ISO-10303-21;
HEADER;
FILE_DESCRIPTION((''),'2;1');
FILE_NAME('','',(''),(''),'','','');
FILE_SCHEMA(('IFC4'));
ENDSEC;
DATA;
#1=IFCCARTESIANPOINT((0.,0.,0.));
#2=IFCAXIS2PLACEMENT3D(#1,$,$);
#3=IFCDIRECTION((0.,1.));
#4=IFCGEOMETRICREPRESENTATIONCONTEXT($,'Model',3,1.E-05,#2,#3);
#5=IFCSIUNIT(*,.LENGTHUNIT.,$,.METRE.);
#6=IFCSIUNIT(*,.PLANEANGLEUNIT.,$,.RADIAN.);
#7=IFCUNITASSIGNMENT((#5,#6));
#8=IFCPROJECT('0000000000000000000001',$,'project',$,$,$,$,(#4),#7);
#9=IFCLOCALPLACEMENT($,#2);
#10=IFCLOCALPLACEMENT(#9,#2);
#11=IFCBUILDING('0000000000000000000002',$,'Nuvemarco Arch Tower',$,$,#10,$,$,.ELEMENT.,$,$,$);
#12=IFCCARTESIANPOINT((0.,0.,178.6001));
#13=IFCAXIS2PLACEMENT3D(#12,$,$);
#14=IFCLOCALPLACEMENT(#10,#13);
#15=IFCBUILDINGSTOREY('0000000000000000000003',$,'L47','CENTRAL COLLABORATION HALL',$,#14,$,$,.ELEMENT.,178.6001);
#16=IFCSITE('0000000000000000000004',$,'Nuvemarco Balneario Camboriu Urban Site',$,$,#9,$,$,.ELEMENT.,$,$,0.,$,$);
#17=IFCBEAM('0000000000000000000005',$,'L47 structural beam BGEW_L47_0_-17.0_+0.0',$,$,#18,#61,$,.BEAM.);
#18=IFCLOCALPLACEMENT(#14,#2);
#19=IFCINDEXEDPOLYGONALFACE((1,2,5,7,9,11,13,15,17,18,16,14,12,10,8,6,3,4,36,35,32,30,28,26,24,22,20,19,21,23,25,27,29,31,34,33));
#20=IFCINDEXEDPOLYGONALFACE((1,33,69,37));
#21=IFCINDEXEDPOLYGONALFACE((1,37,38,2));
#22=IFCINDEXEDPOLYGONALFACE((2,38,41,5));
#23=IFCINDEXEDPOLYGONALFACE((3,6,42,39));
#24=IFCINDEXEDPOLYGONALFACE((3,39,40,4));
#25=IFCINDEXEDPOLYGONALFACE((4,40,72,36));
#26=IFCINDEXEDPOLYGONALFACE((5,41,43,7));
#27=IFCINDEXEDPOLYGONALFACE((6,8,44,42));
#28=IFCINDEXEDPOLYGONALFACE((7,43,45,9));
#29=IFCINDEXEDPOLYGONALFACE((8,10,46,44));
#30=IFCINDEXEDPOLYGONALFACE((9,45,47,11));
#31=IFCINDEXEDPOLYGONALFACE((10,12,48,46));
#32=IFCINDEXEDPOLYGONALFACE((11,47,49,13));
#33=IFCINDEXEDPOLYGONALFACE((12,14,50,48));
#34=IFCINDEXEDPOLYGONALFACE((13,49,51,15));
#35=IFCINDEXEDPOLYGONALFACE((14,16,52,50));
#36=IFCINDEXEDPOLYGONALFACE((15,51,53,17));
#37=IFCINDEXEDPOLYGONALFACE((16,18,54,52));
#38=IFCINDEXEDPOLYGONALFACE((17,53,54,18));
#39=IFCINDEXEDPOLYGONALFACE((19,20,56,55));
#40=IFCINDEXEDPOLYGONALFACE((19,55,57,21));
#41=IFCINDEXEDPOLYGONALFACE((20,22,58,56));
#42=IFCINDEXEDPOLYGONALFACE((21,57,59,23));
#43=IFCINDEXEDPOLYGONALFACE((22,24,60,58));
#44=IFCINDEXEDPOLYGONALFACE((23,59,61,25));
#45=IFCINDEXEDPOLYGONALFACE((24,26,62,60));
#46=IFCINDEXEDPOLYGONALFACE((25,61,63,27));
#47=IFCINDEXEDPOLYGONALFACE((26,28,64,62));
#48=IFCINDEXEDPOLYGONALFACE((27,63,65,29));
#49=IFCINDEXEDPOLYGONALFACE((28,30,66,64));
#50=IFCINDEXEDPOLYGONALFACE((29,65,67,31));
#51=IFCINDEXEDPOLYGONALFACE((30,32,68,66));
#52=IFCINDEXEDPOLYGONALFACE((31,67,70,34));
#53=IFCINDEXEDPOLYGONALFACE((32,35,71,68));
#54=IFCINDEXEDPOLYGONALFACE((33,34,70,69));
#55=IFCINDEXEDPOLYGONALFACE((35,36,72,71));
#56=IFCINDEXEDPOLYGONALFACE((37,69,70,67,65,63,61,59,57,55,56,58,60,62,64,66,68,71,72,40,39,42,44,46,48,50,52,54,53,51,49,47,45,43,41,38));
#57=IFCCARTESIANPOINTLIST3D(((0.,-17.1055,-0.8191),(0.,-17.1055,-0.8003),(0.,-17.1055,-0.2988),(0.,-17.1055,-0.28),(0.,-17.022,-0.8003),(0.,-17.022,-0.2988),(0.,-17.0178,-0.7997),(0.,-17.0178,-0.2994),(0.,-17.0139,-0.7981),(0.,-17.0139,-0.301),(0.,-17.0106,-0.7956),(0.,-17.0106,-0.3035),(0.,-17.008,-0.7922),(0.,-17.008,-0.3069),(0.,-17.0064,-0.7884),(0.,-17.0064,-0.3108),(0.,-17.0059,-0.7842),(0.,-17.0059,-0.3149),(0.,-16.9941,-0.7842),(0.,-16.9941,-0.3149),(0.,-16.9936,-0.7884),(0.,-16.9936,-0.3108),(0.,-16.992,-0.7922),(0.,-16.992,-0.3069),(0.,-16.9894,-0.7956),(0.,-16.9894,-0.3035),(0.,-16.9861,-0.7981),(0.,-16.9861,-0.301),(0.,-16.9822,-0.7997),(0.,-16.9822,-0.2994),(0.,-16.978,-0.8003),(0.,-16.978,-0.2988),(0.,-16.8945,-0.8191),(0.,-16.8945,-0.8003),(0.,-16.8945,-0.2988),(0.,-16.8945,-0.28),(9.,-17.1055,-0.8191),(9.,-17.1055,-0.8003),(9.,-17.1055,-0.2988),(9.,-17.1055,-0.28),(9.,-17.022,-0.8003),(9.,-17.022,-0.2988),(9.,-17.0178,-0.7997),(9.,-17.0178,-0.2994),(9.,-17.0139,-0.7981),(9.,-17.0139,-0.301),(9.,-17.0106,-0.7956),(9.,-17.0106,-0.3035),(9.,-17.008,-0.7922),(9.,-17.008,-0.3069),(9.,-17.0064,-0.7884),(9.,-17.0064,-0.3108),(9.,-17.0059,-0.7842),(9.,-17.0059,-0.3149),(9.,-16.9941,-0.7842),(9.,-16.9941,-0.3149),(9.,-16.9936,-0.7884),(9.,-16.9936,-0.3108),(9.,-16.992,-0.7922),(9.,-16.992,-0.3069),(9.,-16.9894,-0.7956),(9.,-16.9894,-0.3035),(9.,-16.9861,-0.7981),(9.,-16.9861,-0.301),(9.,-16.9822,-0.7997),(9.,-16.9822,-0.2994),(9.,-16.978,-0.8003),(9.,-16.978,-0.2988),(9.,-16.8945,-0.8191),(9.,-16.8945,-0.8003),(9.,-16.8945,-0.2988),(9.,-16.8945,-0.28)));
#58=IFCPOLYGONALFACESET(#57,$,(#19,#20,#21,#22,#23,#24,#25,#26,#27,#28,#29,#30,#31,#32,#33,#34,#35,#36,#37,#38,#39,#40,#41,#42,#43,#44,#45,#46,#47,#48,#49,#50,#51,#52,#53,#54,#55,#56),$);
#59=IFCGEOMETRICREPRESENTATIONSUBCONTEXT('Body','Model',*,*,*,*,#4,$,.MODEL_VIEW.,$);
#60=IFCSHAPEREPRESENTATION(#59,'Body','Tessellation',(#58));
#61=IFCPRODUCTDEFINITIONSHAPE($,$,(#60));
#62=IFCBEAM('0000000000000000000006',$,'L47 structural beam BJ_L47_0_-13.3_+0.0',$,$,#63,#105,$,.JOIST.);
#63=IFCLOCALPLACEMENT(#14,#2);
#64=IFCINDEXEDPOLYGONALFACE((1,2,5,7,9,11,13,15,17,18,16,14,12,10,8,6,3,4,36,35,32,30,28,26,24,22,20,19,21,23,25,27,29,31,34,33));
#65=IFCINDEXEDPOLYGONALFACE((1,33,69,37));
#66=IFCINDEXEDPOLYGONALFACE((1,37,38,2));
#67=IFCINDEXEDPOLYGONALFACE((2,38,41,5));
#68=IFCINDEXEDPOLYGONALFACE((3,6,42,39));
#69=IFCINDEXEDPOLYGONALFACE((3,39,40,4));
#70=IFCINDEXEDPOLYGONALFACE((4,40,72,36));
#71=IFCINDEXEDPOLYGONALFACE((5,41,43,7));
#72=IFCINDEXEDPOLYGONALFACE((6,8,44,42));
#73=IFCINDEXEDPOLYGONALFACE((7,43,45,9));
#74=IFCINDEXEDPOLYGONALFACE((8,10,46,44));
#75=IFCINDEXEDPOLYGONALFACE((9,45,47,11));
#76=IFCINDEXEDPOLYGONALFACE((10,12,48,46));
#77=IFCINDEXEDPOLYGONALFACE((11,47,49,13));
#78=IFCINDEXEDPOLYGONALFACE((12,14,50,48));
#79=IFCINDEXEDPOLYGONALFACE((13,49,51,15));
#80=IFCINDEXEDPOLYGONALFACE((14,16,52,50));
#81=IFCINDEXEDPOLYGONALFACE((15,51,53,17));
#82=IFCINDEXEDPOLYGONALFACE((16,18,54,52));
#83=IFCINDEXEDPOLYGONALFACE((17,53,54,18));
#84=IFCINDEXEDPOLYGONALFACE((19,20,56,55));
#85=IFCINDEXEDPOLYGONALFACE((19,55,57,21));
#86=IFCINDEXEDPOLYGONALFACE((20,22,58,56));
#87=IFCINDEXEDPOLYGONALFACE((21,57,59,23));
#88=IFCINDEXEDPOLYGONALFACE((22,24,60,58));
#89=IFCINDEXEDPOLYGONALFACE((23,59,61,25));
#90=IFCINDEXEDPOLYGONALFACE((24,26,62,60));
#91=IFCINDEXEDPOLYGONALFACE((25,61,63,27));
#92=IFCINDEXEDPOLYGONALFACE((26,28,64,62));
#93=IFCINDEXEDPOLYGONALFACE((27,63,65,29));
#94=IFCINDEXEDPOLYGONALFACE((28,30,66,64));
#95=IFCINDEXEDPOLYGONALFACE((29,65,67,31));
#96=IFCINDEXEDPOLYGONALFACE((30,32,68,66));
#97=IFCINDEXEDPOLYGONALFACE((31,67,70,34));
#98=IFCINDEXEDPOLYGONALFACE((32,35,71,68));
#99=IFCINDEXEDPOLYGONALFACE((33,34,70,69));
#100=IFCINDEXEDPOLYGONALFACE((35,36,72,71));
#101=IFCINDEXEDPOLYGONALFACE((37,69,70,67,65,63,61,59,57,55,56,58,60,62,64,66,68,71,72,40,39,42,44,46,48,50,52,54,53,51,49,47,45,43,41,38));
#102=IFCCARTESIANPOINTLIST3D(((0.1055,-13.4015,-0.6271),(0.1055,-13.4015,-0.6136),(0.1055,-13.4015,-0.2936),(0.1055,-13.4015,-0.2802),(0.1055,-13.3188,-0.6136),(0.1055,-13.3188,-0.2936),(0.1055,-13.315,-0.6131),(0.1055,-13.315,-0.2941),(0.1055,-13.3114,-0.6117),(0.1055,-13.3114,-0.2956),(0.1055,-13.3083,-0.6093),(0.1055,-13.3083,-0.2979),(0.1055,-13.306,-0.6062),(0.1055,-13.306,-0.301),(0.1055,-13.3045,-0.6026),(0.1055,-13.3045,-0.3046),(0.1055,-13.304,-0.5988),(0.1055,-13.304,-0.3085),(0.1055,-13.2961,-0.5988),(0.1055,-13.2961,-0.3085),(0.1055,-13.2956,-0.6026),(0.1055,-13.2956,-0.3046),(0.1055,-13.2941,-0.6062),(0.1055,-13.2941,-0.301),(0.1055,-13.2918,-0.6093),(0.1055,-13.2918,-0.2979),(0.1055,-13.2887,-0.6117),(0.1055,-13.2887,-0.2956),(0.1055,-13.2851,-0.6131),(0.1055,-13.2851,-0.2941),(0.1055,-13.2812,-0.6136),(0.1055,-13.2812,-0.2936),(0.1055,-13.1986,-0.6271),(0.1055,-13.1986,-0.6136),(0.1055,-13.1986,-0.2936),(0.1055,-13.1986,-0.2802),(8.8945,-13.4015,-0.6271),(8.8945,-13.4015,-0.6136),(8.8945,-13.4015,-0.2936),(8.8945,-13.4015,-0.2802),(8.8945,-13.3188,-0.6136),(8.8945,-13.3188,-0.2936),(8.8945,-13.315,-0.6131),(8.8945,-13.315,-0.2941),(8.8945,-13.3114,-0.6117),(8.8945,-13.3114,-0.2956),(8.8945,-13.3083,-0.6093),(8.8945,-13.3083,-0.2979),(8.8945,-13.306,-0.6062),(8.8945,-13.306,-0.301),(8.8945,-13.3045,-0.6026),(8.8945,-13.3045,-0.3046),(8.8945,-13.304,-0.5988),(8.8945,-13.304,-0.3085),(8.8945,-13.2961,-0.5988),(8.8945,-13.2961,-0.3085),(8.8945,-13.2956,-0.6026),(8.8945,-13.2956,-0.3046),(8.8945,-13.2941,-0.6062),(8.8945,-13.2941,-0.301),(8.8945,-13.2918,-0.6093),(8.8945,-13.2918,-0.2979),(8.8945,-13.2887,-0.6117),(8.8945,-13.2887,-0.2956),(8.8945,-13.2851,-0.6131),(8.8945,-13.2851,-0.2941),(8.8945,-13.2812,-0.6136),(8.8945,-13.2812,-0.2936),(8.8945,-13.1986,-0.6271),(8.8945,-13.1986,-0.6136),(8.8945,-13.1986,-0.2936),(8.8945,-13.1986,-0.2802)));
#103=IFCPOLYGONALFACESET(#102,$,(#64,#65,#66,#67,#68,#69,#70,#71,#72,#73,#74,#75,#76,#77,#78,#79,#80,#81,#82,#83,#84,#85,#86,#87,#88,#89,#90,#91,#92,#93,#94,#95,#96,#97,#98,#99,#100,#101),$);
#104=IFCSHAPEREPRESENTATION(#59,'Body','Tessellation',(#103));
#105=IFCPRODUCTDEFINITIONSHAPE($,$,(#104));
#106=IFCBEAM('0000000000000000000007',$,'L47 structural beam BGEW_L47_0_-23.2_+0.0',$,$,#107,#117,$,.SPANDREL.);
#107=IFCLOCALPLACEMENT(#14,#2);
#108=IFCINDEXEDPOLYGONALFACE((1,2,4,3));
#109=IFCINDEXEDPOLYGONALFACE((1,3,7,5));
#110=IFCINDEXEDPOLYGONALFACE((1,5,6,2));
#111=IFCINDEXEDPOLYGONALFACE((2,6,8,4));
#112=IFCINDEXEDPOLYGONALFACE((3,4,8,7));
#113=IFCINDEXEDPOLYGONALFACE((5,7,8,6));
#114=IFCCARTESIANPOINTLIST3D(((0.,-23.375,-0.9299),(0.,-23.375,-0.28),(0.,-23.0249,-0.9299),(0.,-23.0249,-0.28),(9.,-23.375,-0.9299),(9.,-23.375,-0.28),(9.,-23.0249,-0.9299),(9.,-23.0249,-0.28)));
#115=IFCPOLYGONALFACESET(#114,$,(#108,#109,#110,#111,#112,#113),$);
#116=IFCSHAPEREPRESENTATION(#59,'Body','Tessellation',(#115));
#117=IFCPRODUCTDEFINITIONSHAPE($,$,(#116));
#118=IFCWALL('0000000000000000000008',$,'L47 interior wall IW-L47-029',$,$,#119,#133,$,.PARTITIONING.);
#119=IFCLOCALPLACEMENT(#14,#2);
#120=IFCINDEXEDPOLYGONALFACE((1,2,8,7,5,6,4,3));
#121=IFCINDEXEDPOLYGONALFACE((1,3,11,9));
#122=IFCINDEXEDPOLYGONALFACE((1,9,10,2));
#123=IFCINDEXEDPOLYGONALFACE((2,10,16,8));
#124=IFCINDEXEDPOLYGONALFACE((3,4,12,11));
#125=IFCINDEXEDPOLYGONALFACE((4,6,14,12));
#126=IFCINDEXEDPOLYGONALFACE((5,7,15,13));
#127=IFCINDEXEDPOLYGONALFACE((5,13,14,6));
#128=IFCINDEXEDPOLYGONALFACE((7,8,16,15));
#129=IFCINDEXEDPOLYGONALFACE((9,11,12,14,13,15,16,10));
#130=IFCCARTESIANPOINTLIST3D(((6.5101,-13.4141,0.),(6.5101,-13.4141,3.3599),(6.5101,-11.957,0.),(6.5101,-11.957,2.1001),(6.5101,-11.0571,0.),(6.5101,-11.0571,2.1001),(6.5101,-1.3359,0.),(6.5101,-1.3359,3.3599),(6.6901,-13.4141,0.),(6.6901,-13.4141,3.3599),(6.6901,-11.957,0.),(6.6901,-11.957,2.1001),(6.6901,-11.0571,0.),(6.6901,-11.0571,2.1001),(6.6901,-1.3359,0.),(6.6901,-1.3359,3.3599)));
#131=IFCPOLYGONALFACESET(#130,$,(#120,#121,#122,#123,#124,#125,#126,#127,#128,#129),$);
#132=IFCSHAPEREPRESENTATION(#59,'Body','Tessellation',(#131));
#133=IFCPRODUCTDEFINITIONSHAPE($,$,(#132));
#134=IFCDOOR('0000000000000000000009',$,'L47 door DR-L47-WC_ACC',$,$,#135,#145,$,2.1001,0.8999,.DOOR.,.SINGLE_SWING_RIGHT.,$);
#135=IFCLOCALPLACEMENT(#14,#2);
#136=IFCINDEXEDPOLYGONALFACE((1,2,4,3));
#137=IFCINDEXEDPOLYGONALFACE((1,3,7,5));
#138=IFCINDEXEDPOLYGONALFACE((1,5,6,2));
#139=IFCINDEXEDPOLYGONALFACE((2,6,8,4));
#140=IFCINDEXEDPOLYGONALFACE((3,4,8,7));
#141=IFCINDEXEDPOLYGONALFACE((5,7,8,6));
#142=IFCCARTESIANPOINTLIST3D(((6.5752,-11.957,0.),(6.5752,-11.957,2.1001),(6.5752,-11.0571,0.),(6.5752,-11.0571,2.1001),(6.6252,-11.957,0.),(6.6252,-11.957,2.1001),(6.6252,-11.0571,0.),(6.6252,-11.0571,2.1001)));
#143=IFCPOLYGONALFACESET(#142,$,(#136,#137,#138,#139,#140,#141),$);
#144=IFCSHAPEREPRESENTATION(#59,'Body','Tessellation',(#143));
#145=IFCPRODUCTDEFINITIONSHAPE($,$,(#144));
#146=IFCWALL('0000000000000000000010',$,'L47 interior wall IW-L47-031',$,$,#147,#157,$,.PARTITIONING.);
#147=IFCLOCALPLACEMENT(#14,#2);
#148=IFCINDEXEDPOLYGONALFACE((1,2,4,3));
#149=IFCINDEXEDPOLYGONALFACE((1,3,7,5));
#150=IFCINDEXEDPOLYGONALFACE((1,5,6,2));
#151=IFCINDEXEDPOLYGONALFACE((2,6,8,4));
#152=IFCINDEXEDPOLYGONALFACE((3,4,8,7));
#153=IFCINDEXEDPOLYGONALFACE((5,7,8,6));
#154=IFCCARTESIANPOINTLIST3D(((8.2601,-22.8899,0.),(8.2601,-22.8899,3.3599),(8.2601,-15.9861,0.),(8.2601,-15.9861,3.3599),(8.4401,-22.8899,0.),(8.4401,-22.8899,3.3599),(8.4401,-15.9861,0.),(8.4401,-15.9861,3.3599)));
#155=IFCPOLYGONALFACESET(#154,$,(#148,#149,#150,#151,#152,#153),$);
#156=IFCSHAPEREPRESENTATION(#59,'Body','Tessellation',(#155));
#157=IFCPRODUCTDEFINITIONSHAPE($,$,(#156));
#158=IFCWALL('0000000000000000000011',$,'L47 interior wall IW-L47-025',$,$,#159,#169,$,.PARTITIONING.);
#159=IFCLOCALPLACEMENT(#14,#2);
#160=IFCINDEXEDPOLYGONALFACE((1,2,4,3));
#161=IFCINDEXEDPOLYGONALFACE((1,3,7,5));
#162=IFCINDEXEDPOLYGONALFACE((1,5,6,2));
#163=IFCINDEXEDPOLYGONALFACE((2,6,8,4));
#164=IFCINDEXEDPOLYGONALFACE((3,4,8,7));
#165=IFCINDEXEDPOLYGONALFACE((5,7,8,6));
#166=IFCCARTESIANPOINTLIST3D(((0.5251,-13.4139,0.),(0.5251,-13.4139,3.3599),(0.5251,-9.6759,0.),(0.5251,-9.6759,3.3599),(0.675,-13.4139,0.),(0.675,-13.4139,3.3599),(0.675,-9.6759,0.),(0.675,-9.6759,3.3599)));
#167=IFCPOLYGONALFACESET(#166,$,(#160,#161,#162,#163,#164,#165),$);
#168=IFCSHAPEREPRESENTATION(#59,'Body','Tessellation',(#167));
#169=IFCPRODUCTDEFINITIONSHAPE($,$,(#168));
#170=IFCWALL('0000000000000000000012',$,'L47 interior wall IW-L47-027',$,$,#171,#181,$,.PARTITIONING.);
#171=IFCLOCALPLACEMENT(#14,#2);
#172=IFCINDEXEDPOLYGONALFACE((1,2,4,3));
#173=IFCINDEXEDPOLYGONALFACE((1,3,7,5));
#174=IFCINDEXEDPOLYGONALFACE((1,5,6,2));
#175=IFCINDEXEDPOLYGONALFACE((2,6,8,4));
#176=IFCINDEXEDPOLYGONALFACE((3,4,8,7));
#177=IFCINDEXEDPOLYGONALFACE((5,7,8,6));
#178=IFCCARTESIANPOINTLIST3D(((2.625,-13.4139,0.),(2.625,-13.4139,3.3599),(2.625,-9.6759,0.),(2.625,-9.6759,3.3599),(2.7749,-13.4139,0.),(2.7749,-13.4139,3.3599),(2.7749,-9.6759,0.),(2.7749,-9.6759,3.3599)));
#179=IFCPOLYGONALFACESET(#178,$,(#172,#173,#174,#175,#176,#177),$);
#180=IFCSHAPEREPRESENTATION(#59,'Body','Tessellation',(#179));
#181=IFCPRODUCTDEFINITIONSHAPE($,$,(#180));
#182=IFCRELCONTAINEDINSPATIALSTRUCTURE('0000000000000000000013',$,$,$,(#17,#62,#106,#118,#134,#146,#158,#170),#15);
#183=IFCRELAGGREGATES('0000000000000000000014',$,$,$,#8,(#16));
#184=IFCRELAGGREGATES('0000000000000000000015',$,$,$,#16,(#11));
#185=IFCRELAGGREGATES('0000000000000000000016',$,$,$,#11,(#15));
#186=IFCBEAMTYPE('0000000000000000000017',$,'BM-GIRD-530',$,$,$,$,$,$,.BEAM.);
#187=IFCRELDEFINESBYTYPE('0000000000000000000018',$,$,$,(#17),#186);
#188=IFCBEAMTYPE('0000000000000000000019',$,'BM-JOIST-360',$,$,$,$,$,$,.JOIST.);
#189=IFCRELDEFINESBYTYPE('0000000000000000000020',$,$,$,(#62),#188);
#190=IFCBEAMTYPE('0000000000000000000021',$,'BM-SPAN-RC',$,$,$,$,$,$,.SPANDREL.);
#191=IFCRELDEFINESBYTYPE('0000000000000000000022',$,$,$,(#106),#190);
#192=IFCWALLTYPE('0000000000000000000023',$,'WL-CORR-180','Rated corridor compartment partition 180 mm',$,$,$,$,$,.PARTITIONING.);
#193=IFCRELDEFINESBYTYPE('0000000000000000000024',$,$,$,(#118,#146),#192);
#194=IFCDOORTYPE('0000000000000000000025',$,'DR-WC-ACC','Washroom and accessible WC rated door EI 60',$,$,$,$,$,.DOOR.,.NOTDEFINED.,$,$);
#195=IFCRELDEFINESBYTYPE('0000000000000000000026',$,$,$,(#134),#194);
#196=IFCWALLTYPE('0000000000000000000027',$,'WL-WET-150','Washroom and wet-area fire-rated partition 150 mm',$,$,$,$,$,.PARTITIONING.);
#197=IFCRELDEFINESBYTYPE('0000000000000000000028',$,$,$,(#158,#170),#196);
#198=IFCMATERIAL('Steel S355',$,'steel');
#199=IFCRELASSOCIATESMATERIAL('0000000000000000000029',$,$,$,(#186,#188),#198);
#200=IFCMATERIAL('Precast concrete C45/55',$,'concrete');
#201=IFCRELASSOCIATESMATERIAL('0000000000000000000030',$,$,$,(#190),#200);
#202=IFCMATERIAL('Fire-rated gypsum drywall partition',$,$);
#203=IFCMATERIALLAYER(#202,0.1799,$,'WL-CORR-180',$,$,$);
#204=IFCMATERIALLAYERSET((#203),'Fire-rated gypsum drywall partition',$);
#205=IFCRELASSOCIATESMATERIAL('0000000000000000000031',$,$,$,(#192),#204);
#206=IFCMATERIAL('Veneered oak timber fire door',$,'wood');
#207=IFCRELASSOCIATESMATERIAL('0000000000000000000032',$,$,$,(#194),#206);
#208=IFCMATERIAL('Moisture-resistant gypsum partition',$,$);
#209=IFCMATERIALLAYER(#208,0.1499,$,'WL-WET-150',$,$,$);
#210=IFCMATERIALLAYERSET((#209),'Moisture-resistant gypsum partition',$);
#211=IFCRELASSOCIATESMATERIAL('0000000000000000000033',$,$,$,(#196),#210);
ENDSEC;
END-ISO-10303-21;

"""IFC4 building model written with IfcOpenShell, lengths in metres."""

from ifc_helpers import new_model, si_unit, direction, frame, frame_2d, origin, origin_2d, place, context, subcontext, project, spatial, rectangle, i_section, extrude, source, transform, mapped, material, layer, layer_set, material_profile, profile_set, type_object, type_shapes, element, fill, save


model = new_model("IFC4")

# Units and contexts
model_context = context("Model", 3, precision=1e-05, world=origin(), true_north=direction((0.0, 1.0)))
body_context = subcontext(model_context, "Body", "Model", "MODEL_VIEW")
ifc_project = project(units=[si_unit("LENGTHUNIT", "METRE"), si_unit("PLANEANGLEUNIT", "RADIAN")], contexts=[model_context])

# Site, building, storey
site_placement = place(None, origin())
site = spatial("IfcSite", under=ifc_project, at=site_placement, Name="Nuvemarco Balneario Camboriu Urban Site", CompositionType="ELEMENT", RefElevation=0.0)
building_placement = place(site_placement, origin())
building = spatial("IfcBuilding", under=site, at=building_placement, Name="Nuvemarco Arch Tower", CompositionType="ELEMENT")
storey_placement = place(building_placement, frame((0.0, 0.0, 178.6001)))
storey = spatial("IfcBuildingStorey", under=building, at=storey_placement, Name="L47", Description="CENTRAL COLLABORATION HALL", CompositionType="ELEMENT", Elevation=178.6001)

# Shared definitions
ifc_material_1 = material(Name="Steel S355", Category="steel")

# Beams
ifc_material_profile_1 = material_profile(ifc_material_1, i_section(OverallWidth=0.2109, OverallDepth=0.5391, WebThickness=0.0117, FlangeThickness=0.0188, FilletRadius=0.0161, at=origin_2d()), Name="W530x109")
ifc_profile_set_1 = profile_set([ifc_material_profile_1], Name="Steel S355")
beam_type_1 = type_object("IfcBeamType", Name="BM-GIRD-530", PredefinedType="BEAM", material=ifc_profile_set_1)
beam_1_placement = place(storey_placement, frame((0.0, -17.0, -0.5496), z_axis=(1.0, 0.0, 0.0), x_axis=(0.0, 1.0, 0.0)))
element("IfcBeam", 1, at=beam_1_placement, inside=storey, type_object=beam_type_1, Name="L47 structural beam BGEW_L47_0_-17.0_+0.0", PredefinedType="BEAM", context=body_context, shape_type="SweptSolid", body=[
    extrude(i_section(OverallWidth=0.2109, OverallDepth=0.5391, WebThickness=0.0117, FlangeThickness=0.0188, FilletRadius=0.0161, at=origin_2d()), origin(), (0.0, 0.0, 1.0), 9.0),
])
ifc_material_profile_2 = material_profile(ifc_material_1, i_section(OverallWidth=0.2029, OverallDepth=0.3469, WebThickness=0.0078, FlangeThickness=0.0134, FilletRadius=0.0149, at=origin_2d()), Name="W360x64")
ifc_profile_set_2 = profile_set([ifc_material_profile_2], Name="Steel S355")
beam_type_2 = type_object("IfcBeamType", Name="BM-JOIST-360", PredefinedType="JOIST", material=ifc_profile_set_2)
beam_2_placement = place(storey_placement, frame((0.1055, -13.3, -0.4536), z_axis=(1.0, 0.0, 0.0), x_axis=(0.0, 1.0, 0.0)))
element("IfcBeam", 2, at=beam_2_placement, inside=storey, type_object=beam_type_2, Name="L47 structural beam BJ_L47_0_-13.3_+0.0", PredefinedType="JOIST", context=body_context, shape_type="SweptSolid", body=[
    extrude(i_section(OverallWidth=0.2029, OverallDepth=0.3469, WebThickness=0.0078, FlangeThickness=0.0134, FilletRadius=0.0149, at=origin_2d()), origin(), (0.0, 0.0, 1.0), 8.7891),
])
ifc_material_2 = material(Name="Precast concrete C45/55", Category="concrete")
ifc_material_profile_3 = material_profile(ifc_material_2, rectangle(XDim=0.3501, YDim=0.6499, at=origin_2d()), Name="PC-SP-350x650")
ifc_profile_set_3 = profile_set([ifc_material_profile_3], Name="Precast concrete C45/55")
beam_type_3 = type_object("IfcBeamType", Name="BM-SPAN-RC", PredefinedType="SPANDREL", material=ifc_profile_set_3)
beam_3_placement = place(storey_placement, frame((0.0, -23.2, -0.605), z_axis=(1.0, 0.0, 0.0), x_axis=(0.0, 1.0, 0.0)))
element("IfcBeam", 3, at=beam_3_placement, inside=storey, type_object=beam_type_3, Name="L47 structural beam BGEW_L47_0_-23.2_+0.0", PredefinedType="SPANDREL", context=body_context, shape_type="SweptSolid", body=[
    extrude(rectangle(XDim=0.3501, YDim=0.6499, at=origin_2d()), origin(), (0.0, 0.0, 1.0), 9.0),
])

# Wall, opening, door
ifc_material_3 = material(Name="Fire-rated gypsum drywall partition")
ifc_layer_1 = layer(ifc_material_3, 0.1799, Name="WL-CORR-180")
ifc_layer_set_1 = layer_set([ifc_layer_1], Name="Fire-rated gypsum drywall partition")
wall_type_1 = type_object("IfcWallType", Name="WL-CORR-180", Description="Rated corridor compartment partition 180 mm", PredefinedType="PARTITIONING", material=ifc_layer_set_1)
wall_1_placement = place(storey_placement, frame((6.6001, -13.4141, 0.0), z_axis=(0.0, 0.0, 1.0), x_axis=(0.0, 1.0, 0.0)))
wall_1 = element("IfcWall", 4, at=wall_1_placement, inside=storey, type_object=wall_type_1, Name="L47 interior wall IW-L47-029", PredefinedType="PARTITIONING", context=body_context, shape_type="SweptSolid", body=[
    extrude(rectangle(XDim=12.0781, YDim=0.1799, at=frame_2d((6.0391, 0.0))), origin(), (0.0, 0.0, 1.0), 3.3599),
])
opening_placement = place(wall_1_placement, frame((1.457, 0.0, 0.0)))
opening = element("IfcOpeningElement", 5, at=opening_placement, cuts=wall_1, PredefinedType="OPENING", context=body_context, shape_type="SweptSolid", body=[
    extrude(rectangle(XDim=0.8999, YDim=2.1001, at=frame_2d((0.45, 1.05))), frame((0.0, 0.0999, 0.0), z_axis=(0.0, -1.0, 0.0), x_axis=(1.0, 0.0, 0.0)), (0.0, 0.0, 1.0), 0.2),
])
ifc_material_4 = material(Name="Veneered oak timber fire door", Category="wood")
door_type = type_object("IfcDoorType", Name="DR-WC-ACC", Description="Washroom and accessible WC rated door EI 60", OperationType="NOTDEFINED", PredefinedType="DOOR", material=ifc_material_4)
shared_shape_1 = source(origin(), body_context, "Body", "SweptSolid", [
    extrude(rectangle(XDim=0.8999, YDim=2.1001, at=frame_2d((0.45, 1.05))), frame((0.0, 0.0249, 0.0), z_axis=(0.0, -1.0, 0.0), x_axis=(1.0, 0.0, 0.0)), (0.0, 0.0, 1.0), 0.05),
])
type_shapes(door_type, [shared_shape_1])
door_placement = place(opening_placement, origin())
door = element("IfcDoor", 6, at=door_placement, inside=storey, type_object=door_type, Name="L47 door DR-L47-WC_ACC", OperationType="SINGLE_SWING_RIGHT", OverallHeight=2.1001, OverallWidth=0.8999, PredefinedType="DOOR", context=body_context, shape_type="MappedRepresentation", body=[
    mapped(shared_shape_1, transform((0.0, 0.0, 0.0), scale=1.0)),
])
fill(opening, door)

# Walls
wall_2_placement = place(storey_placement, frame((8.3501, -22.8899, 0.0), z_axis=(0.0, 0.0, 1.0), x_axis=(0.0, 1.0, 0.0)))
element("IfcWall", 7, at=wall_2_placement, inside=storey, type_object=wall_type_1, Name="L47 interior wall IW-L47-031", PredefinedType="PARTITIONING", context=body_context, shape_type="SweptSolid", body=[
    extrude(rectangle(XDim=6.9038, YDim=0.1799, at=frame_2d((3.4519, 0.0))), origin(), (0.0, 0.0, 1.0), 3.3599),
])
ifc_material_5 = material(Name="Moisture-resistant gypsum partition")
ifc_layer_2 = layer(ifc_material_5, 0.1499, Name="WL-WET-150")
ifc_layer_set_2 = layer_set([ifc_layer_2], Name="Moisture-resistant gypsum partition")
wall_type_2 = type_object("IfcWallType", Name="WL-WET-150", Description="Washroom and wet-area fire-rated partition 150 mm", PredefinedType="PARTITIONING", material=ifc_layer_set_2)
for number, where, z_axis, x_axis, name in (
    (8, (0.6001, -13.4141, 0.0), (0.0, 0.0, 1.0), (0.0, 1.0, 0.0), "L47 interior wall IW-L47-025"),
    (9, (2.7, -13.4141, 0.0), (0.0, 0.0, 1.0), (0.0, 1.0, 0.0), "L47 interior wall IW-L47-027"),
):
    element("IfcWall", number, at=place(storey_placement, frame(where, z_axis=z_axis, x_axis=x_axis)), inside=storey, type_object=wall_type_2, Name=name, PredefinedType="PARTITIONING", context=body_context, shape_type="SweptSolid", body=[
        extrude(rectangle(XDim=3.738, YDim=0.1499, at=frame_2d((1.8691, 0.0))), origin(), (0.0, 0.0, 1.0), 3.3599),
    ])

save(model, "model.ifc")
